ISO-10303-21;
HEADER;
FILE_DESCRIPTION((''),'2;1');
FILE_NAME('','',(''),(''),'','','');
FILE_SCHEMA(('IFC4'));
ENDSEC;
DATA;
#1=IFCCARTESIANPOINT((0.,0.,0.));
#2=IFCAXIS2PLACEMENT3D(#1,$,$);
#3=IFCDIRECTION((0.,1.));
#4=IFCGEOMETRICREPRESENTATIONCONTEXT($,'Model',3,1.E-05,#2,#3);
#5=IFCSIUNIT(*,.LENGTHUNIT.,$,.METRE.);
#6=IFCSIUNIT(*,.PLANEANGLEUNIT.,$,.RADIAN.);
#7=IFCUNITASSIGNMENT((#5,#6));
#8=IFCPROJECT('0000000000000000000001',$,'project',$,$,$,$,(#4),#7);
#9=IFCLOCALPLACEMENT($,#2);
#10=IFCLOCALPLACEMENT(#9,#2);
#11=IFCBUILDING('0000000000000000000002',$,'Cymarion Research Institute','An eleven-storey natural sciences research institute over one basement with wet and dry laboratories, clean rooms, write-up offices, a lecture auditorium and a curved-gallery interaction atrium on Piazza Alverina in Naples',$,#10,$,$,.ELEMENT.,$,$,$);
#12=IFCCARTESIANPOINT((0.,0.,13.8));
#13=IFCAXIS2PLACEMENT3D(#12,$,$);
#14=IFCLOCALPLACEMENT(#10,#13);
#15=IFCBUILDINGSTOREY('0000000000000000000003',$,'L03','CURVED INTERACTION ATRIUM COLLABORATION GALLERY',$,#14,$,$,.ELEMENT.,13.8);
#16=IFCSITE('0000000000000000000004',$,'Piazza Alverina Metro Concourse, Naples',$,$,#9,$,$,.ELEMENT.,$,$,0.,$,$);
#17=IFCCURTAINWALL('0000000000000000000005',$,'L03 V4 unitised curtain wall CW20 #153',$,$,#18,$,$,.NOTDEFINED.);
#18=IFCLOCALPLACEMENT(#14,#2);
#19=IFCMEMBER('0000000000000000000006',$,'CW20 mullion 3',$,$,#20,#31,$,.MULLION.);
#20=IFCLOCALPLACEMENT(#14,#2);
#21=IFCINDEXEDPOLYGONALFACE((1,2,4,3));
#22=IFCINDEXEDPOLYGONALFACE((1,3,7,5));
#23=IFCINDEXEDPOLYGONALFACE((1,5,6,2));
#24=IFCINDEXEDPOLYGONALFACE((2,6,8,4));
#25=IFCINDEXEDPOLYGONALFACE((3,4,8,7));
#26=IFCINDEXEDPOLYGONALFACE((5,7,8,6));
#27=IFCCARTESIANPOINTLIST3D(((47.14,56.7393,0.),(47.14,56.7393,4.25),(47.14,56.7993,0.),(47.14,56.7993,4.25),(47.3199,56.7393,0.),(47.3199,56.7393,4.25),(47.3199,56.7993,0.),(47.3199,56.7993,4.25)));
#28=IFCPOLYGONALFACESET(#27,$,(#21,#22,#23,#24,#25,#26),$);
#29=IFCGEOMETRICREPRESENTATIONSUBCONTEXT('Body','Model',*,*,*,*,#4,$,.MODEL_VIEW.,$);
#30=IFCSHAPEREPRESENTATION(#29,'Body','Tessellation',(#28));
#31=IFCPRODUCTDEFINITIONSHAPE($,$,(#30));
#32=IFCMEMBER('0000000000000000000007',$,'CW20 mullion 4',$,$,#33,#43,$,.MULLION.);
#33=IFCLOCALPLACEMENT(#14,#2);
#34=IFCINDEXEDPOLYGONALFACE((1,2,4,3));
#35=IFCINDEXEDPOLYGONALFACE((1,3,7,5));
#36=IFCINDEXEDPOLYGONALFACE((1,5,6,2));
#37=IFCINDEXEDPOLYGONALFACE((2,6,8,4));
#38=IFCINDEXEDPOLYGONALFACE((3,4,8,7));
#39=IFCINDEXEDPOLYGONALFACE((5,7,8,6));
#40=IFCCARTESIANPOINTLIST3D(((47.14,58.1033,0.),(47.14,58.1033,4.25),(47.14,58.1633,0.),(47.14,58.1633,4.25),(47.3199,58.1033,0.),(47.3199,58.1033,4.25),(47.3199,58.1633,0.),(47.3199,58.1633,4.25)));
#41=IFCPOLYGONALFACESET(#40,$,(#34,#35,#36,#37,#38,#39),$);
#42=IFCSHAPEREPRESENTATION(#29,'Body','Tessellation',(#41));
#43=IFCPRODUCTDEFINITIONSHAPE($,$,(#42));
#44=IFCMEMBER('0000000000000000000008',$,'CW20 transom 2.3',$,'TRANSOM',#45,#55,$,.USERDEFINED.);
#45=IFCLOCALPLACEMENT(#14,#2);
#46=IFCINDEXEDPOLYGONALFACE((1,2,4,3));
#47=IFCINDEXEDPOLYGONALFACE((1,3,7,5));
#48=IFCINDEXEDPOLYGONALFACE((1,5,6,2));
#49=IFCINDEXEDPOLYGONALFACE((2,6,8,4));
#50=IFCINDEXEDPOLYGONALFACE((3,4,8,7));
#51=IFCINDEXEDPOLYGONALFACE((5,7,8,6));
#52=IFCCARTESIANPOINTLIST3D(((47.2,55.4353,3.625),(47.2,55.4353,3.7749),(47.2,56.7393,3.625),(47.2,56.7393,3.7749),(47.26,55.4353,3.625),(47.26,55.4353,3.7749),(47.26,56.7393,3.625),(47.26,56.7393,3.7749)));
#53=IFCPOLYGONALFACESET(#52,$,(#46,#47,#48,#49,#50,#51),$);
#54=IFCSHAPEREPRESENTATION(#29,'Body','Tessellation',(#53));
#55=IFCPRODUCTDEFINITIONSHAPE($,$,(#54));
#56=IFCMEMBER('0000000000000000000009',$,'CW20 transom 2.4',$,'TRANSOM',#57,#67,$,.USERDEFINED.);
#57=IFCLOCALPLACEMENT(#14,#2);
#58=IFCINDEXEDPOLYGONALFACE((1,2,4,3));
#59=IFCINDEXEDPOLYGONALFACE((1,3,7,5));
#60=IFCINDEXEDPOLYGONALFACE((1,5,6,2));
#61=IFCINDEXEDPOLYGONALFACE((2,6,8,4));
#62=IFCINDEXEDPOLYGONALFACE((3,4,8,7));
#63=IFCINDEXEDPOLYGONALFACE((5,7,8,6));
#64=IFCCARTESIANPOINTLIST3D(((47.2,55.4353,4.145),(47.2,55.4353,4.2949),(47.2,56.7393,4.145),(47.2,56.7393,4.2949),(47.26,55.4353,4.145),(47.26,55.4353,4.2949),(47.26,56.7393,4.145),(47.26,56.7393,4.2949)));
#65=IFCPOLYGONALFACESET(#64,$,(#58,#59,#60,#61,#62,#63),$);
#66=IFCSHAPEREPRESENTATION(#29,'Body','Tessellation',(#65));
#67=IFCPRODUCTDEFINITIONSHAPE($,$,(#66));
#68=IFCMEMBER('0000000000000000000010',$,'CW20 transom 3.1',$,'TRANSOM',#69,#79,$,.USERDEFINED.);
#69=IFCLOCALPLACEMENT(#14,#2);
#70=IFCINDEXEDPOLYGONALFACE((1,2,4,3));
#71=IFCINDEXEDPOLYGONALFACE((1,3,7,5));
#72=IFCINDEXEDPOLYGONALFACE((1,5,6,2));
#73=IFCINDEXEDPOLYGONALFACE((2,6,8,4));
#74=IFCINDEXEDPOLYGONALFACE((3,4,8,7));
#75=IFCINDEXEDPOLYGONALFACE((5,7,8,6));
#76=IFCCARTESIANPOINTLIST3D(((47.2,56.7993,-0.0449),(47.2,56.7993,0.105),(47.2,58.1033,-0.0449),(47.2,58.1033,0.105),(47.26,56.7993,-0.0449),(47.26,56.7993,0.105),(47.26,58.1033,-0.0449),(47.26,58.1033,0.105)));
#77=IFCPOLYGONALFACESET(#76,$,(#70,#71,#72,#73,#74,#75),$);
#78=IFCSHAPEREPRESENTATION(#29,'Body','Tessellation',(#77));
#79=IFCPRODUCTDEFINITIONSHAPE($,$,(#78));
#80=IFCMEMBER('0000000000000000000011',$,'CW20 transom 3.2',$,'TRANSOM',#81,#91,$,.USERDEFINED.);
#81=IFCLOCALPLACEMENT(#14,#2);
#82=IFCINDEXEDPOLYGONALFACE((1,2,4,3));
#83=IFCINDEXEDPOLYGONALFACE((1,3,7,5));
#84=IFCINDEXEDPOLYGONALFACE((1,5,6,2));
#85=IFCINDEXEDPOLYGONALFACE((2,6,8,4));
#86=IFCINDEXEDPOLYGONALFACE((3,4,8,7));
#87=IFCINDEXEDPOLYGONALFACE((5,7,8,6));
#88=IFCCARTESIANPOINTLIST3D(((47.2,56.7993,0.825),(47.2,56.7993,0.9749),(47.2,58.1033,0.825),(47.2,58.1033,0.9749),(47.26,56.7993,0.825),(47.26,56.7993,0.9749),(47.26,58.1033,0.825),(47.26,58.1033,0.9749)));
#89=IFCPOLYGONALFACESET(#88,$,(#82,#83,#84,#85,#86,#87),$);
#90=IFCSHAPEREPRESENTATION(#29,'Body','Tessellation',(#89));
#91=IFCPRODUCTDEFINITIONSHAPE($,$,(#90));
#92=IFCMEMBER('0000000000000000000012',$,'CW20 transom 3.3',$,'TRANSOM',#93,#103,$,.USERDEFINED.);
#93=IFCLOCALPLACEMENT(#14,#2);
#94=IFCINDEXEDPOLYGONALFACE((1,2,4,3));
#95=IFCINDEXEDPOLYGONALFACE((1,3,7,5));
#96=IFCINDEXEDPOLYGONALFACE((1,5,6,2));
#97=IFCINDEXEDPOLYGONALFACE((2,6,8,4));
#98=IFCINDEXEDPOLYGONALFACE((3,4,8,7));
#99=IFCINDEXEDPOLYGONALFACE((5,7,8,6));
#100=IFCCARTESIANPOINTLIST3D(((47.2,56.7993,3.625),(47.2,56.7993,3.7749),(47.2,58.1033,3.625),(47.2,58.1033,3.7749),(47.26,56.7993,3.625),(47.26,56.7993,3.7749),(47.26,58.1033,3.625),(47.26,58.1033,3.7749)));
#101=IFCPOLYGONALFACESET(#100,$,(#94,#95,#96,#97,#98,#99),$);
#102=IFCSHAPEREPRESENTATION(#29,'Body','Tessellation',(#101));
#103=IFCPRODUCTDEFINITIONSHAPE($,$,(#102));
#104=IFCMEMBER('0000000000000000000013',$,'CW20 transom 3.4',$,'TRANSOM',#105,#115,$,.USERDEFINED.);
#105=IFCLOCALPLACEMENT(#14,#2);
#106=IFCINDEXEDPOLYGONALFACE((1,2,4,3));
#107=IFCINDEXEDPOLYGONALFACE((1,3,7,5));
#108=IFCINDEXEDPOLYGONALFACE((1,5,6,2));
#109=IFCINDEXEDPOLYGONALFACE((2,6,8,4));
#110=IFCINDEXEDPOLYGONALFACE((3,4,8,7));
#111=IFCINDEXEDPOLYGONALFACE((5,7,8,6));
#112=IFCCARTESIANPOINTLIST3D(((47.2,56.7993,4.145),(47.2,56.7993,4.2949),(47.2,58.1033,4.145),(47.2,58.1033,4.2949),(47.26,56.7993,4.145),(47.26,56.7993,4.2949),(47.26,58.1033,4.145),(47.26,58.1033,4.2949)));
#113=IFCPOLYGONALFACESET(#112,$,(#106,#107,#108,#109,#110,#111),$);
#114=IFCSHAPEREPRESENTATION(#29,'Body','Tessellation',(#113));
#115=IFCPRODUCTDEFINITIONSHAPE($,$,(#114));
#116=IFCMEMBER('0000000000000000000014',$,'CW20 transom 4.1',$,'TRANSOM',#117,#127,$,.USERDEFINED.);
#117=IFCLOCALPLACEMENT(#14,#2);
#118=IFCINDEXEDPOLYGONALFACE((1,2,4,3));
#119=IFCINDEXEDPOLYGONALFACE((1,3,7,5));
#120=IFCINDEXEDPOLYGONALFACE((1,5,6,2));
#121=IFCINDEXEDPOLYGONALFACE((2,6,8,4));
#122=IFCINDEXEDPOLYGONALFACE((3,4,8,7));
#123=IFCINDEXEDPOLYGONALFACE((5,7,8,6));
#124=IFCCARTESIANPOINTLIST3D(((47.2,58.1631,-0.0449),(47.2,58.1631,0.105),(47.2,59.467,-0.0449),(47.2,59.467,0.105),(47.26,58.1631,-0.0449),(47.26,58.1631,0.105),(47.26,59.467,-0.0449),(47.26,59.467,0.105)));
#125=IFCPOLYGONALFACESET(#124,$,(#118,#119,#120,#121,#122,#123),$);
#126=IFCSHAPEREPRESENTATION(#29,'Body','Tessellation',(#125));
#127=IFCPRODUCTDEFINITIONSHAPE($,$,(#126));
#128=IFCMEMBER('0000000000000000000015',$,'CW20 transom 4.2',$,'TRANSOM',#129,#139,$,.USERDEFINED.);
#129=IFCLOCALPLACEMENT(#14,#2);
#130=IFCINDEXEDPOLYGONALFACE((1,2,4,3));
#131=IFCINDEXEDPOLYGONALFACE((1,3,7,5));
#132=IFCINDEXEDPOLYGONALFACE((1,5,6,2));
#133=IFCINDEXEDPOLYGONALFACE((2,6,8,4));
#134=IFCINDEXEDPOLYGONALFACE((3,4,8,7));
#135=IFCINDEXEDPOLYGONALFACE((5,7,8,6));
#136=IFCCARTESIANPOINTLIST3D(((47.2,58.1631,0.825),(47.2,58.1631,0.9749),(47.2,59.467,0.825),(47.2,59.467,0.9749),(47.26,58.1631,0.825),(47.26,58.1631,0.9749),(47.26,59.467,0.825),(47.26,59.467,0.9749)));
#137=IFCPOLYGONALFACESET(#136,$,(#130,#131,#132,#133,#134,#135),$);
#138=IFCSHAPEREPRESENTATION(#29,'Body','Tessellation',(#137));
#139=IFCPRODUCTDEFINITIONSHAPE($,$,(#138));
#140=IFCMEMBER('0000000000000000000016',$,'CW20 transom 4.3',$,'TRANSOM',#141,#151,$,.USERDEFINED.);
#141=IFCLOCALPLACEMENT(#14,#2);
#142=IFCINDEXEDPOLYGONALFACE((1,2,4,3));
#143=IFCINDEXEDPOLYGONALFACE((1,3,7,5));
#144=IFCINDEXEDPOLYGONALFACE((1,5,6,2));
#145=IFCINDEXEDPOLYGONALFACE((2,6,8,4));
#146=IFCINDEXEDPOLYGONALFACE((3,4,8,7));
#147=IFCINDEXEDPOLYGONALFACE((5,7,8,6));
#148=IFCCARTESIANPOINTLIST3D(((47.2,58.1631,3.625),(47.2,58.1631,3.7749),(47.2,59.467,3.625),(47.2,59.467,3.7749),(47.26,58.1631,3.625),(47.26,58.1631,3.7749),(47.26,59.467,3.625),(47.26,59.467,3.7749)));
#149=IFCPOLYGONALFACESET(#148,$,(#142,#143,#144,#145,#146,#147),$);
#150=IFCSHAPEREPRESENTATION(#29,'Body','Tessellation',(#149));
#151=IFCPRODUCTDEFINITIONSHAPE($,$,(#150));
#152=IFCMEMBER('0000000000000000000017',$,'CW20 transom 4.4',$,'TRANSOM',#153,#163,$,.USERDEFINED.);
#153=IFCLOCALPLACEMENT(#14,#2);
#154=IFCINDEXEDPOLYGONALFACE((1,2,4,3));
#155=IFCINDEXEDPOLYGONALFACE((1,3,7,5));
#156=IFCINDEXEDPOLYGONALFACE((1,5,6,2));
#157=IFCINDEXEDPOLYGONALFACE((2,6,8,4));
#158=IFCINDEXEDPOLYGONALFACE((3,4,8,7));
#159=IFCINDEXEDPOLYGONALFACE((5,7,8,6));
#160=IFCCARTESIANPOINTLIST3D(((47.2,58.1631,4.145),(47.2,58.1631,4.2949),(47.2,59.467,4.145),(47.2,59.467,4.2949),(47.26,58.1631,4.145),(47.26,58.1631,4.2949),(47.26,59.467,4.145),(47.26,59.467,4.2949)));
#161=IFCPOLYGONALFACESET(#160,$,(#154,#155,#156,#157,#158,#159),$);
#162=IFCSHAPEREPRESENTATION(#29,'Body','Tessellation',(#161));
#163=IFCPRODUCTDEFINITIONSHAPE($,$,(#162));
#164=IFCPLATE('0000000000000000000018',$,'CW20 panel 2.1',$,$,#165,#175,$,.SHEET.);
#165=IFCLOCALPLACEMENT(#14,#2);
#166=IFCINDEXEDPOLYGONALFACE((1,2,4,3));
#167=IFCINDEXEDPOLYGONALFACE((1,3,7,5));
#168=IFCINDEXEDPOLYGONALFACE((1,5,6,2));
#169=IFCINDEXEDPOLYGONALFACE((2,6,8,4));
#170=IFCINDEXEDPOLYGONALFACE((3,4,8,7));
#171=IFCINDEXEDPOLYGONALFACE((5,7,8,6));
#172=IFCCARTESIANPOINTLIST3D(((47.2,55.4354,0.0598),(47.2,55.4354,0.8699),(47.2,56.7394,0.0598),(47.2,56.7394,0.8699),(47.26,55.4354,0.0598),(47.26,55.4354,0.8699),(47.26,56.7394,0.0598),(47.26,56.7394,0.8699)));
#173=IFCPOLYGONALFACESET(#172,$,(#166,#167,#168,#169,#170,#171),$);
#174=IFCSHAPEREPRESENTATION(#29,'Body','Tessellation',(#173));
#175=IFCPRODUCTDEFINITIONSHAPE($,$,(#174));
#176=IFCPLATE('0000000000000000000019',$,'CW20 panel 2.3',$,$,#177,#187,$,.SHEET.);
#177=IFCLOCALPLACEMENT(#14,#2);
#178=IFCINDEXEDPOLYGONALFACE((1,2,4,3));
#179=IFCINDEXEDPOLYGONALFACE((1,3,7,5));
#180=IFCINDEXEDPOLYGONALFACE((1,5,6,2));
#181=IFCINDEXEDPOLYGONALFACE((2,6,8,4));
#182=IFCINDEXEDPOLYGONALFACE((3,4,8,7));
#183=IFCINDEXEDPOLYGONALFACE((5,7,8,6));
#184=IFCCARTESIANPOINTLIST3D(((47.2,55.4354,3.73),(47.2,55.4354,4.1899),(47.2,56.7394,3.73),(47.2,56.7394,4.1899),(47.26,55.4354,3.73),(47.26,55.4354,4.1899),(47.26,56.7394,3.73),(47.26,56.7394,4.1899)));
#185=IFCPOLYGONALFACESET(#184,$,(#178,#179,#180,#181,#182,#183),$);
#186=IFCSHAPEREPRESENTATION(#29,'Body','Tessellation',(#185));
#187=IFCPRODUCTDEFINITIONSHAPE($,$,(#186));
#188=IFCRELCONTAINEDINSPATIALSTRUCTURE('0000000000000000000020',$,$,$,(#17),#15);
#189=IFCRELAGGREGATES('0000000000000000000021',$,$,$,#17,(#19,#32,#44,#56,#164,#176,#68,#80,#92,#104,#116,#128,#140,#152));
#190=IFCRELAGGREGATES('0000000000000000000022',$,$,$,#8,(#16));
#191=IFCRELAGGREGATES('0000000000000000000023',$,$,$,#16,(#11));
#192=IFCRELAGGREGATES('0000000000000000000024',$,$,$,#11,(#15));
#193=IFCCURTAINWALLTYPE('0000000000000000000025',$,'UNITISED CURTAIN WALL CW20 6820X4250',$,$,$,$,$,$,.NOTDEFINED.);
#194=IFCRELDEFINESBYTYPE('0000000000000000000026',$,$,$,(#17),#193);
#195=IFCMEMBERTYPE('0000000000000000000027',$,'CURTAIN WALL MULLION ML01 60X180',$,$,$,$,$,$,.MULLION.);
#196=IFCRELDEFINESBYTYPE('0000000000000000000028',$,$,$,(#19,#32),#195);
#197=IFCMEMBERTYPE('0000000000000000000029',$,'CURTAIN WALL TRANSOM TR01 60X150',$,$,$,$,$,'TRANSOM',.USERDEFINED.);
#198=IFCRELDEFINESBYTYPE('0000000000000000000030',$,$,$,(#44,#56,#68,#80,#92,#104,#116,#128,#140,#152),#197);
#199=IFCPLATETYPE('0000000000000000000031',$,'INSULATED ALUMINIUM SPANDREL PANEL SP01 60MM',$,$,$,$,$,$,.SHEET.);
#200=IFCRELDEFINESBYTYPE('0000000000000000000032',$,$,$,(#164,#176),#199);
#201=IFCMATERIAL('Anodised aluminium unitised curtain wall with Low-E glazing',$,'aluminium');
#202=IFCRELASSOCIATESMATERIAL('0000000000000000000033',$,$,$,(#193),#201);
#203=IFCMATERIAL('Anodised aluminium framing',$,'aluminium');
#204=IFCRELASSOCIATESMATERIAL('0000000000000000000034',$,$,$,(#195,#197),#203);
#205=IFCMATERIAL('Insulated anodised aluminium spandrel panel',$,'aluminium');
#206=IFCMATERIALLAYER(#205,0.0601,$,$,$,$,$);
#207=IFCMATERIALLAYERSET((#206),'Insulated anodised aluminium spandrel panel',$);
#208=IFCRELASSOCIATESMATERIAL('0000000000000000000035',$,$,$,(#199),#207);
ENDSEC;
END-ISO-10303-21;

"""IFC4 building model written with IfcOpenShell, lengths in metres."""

from ifc_helpers import new_model, si_unit, direction, frame, origin, origin_2d, place, context, subcontext, project, spatial, rectangle, extrude, material, layer, layer_set, material_profile, profile_set, type_object, element, aggregate, save


model = new_model("IFC4")

# Units and contexts
model_context = context("Model", 3, precision=1e-05, world=origin(), true_north=direction((0.0, 1.0)))
body_context = subcontext(model_context, "Body", "Model", "MODEL_VIEW")
ifc_project = project(units=[si_unit("LENGTHUNIT", "METRE"), si_unit("PLANEANGLEUNIT", "RADIAN")], contexts=[model_context])

# Site, building, storey
site_placement = place(None, origin())
site = spatial("IfcSite", under=ifc_project, at=site_placement, Name="Piazza Alverina Metro Concourse, Naples", CompositionType="ELEMENT", RefElevation=0.0)
building_placement = place(site_placement, origin())
building = spatial("IfcBuilding", under=site, at=building_placement, Name="Cymarion Research Institute", Description="An eleven-storey natural sciences research institute over one basement with wet and dry laboratories, clean rooms, write-up offices, a lecture auditorium and a curved-gallery interaction atrium on Piazza Alverina in Naples", CompositionType="ELEMENT")
storey_placement = place(building_placement, frame((0.0, 0.0, 13.8)))
storey = spatial("IfcBuildingStorey", under=building, at=storey_placement, Name="L03", Description="CURVED INTERACTION ATRIUM COLLABORATION GALLERY", CompositionType="ELEMENT", Elevation=13.8)

# Curtain wall, members, plates
ifc_material_1 = material(Name="Anodised aluminium unitised curtain wall with Low-E glazing", Category="aluminium")
curtain_wall_type = type_object("IfcCurtainWallType", Name="UNITISED CURTAIN WALL CW20 6820X4250", PredefinedType="NOTDEFINED", material=ifc_material_1)
curtain_wall_placement = place(storey_placement, origin())
curtain_wall = element("IfcCurtainWall", 1, at=curtain_wall_placement, inside=storey, type_object=curtain_wall_type, Name="L03 V4 unitised curtain wall CW20 #153", PredefinedType="NOTDEFINED")
ifc_material_2 = material(Name="Anodised aluminium framing", Category="aluminium")
ifc_material_profile_1 = material_profile(ifc_material_2, rectangle(XDim=0.0601, YDim=0.1799, at=origin_2d()), Name="ALU MULLION 60x180")
ifc_profile_set_1 = profile_set([ifc_material_profile_1], Name="Anodised aluminium framing")
member_type_1 = type_object("IfcMemberType", Name="CURTAIN WALL MULLION ML01 60X180", PredefinedType="MULLION", material=ifc_profile_set_1)
member_1_placement = place(storey_placement, frame((47.23, 56.7693, 0.0), z_axis=(0.0, 0.0, 1.0), x_axis=(0.0, 1.0, 0.0)))
member_1 = element("IfcMember", 2, at=member_1_placement, type_object=member_type_1, Name="CW20 mullion 3", PredefinedType="MULLION", context=body_context, shape_type="SweptSolid", body=[
    extrude(rectangle(XDim=0.0601, YDim=0.1799, at=origin_2d()), origin(), (0.0, 0.0, 1.0), 4.25),
])
member_2_placement = place(storey_placement, frame((47.23, 58.1333, 0.0), z_axis=(0.0, 0.0, 1.0), x_axis=(0.0, 1.0, 0.0)))
member_2 = element("IfcMember", 3, at=member_2_placement, type_object=member_type_1, Name="CW20 mullion 4", PredefinedType="MULLION", context=body_context, shape_type="SweptSolid", body=[
    extrude(rectangle(XDim=0.0601, YDim=0.1799, at=origin_2d()), origin(), (0.0, 0.0, 1.0), 4.25),
])
ifc_material_profile_2 = material_profile(ifc_material_2, rectangle(XDim=0.0601, YDim=0.1499, at=origin_2d()), Name="ALU TRANSOM 60x150")
ifc_profile_set_2 = profile_set([ifc_material_profile_2], Name="Anodised aluminium framing")
member_type_2 = type_object("IfcMemberType", Name="CURTAIN WALL TRANSOM TR01 60X150", ElementType="TRANSOM", PredefinedType="USERDEFINED", material=ifc_profile_set_2)
member_3_placement = place(storey_placement, frame((47.23, 55.4353, 3.7), z_axis=(0.0, 1.0, 0.0), x_axis=(-1.0, 0.0, 0.0)))
member_3 = element("IfcMember", 4, at=member_3_placement, type_object=member_type_2, Name="CW20 transom 2.3", ObjectType="TRANSOM", PredefinedType="USERDEFINED", context=body_context, shape_type="SweptSolid", body=[
    extrude(rectangle(XDim=0.0601, YDim=0.1499, at=origin_2d()), origin(), (0.0, 0.0, 1.0), 1.304),
])
member_4_placement = place(storey_placement, frame((47.23, 55.4353, 4.22), z_axis=(0.0, 1.0, 0.0), x_axis=(-1.0, 0.0, 0.0)))
member_4 = element("IfcMember", 5, at=member_4_placement, type_object=member_type_2, Name="CW20 transom 2.4", ObjectType="TRANSOM", PredefinedType="USERDEFINED", context=body_context, shape_type="SweptSolid", body=[
    extrude(rectangle(XDim=0.0601, YDim=0.1499, at=origin_2d()), origin(), (0.0, 0.0, 1.0), 1.304),
])
member_5_placement = place(storey_placement, frame((47.23, 56.7993, 0.03), z_axis=(0.0, 1.0, 0.0), x_axis=(-1.0, 0.0, 0.0)))
member_5 = element("IfcMember", 6, at=member_5_placement, type_object=member_type_2, Name="CW20 transom 3.1", ObjectType="TRANSOM", PredefinedType="USERDEFINED", context=body_context, shape_type="SweptSolid", body=[
    extrude(rectangle(XDim=0.0601, YDim=0.1499, at=origin_2d()), origin(), (0.0, 0.0, 1.0), 1.304),
])
member_6_placement = place(storey_placement, frame((47.23, 56.7993, 0.8999), z_axis=(0.0, 1.0, 0.0), x_axis=(-1.0, 0.0, 0.0)))
member_6 = element("IfcMember", 7, at=member_6_placement, type_object=member_type_2, Name="CW20 transom 3.2", ObjectType="TRANSOM", PredefinedType="USERDEFINED", context=body_context, shape_type="SweptSolid", body=[
    extrude(rectangle(XDim=0.0601, YDim=0.1499, at=origin_2d()), origin(), (0.0, 0.0, 1.0), 1.304),
])
member_7_placement = place(storey_placement, frame((47.23, 56.7993, 3.7), z_axis=(0.0, 1.0, 0.0), x_axis=(-1.0, 0.0, 0.0)))
member_7 = element("IfcMember", 8, at=member_7_placement, type_object=member_type_2, Name="CW20 transom 3.3", ObjectType="TRANSOM", PredefinedType="USERDEFINED", context=body_context, shape_type="SweptSolid", body=[
    extrude(rectangle(XDim=0.0601, YDim=0.1499, at=origin_2d()), origin(), (0.0, 0.0, 1.0), 1.304),
])
member_8_placement = place(storey_placement, frame((47.23, 56.7993, 4.22), z_axis=(0.0, 1.0, 0.0), x_axis=(-1.0, 0.0, 0.0)))
member_8 = element("IfcMember", 9, at=member_8_placement, type_object=member_type_2, Name="CW20 transom 3.4", ObjectType="TRANSOM", PredefinedType="USERDEFINED", context=body_context, shape_type="SweptSolid", body=[
    extrude(rectangle(XDim=0.0601, YDim=0.1499, at=origin_2d()), origin(), (0.0, 0.0, 1.0), 1.304),
])
member_9_placement = place(storey_placement, frame((47.23, 58.1631, 0.03), z_axis=(0.0, 1.0, 0.0), x_axis=(-1.0, 0.0, 0.0)))
member_9 = element("IfcMember", 10, at=member_9_placement, type_object=member_type_2, Name="CW20 transom 4.1", ObjectType="TRANSOM", PredefinedType="USERDEFINED", context=body_context, shape_type="SweptSolid", body=[
    extrude(rectangle(XDim=0.0601, YDim=0.1499, at=origin_2d()), origin(), (0.0, 0.0, 1.0), 1.304),
])
member_10_placement = place(storey_placement, frame((47.23, 58.1631, 0.8999), z_axis=(0.0, 1.0, 0.0), x_axis=(-1.0, 0.0, 0.0)))
member_10 = element("IfcMember", 11, at=member_10_placement, type_object=member_type_2, Name="CW20 transom 4.2", ObjectType="TRANSOM", PredefinedType="USERDEFINED", context=body_context, shape_type="SweptSolid", body=[
    extrude(rectangle(XDim=0.0601, YDim=0.1499, at=origin_2d()), origin(), (0.0, 0.0, 1.0), 1.304),
])
member_11_placement = place(storey_placement, frame((47.23, 58.1631, 3.7), z_axis=(0.0, 1.0, 0.0), x_axis=(-1.0, 0.0, 0.0)))
member_11 = element("IfcMember", 12, at=member_11_placement, type_object=member_type_2, Name="CW20 transom 4.3", ObjectType="TRANSOM", PredefinedType="USERDEFINED", context=body_context, shape_type="SweptSolid", body=[
    extrude(rectangle(XDim=0.0601, YDim=0.1499, at=origin_2d()), origin(), (0.0, 0.0, 1.0), 1.304),
])
member_12_placement = place(storey_placement, frame((47.23, 58.1631, 4.22), z_axis=(0.0, 1.0, 0.0), x_axis=(-1.0, 0.0, 0.0)))
member_12 = element("IfcMember", 13, at=member_12_placement, type_object=member_type_2, Name="CW20 transom 4.4", ObjectType="TRANSOM", PredefinedType="USERDEFINED", context=body_context, shape_type="SweptSolid", body=[
    extrude(rectangle(XDim=0.0601, YDim=0.1499, at=origin_2d()), origin(), (0.0, 0.0, 1.0), 1.304),
])
ifc_material_3 = material(Name="Insulated anodised aluminium spandrel panel", Category="aluminium")
ifc_layer_1 = layer(ifc_material_3, 0.0601)
ifc_layer_set_1 = layer_set([ifc_layer_1], Name="Insulated anodised aluminium spandrel panel")
plate_type_1 = type_object("IfcPlateType", Name="INSULATED ALUMINIUM SPANDREL PANEL SP01 60MM", PredefinedType="SHEET", material=ifc_layer_set_1)
plate_1_placement = place(storey_placement, frame((47.23, 56.0874, 0.0598), z_axis=(0.0, 0.0, 1.0), x_axis=(0.0, 1.0, 0.0)))
plate_1 = element("IfcPlate", 14, at=plate_1_placement, type_object=plate_type_1, Name="CW20 panel 2.1", PredefinedType="SHEET", context=body_context, shape_type="SweptSolid", body=[
    extrude(rectangle(XDim=1.304, YDim=0.0601, at=origin_2d()), origin(), (0.0, 0.0, 1.0), 0.8101),
])
plate_2_placement = place(storey_placement, frame((47.23, 56.0874, 3.73), z_axis=(0.0, 0.0, 1.0), x_axis=(0.0, 1.0, 0.0)))
plate_2 = element("IfcPlate", 15, at=plate_2_placement, type_object=plate_type_1, Name="CW20 panel 2.3", PredefinedType="SHEET", context=body_context, shape_type="SweptSolid", body=[
    extrude(rectangle(XDim=1.304, YDim=0.0601, at=origin_2d()), origin(), (0.0, 0.0, 1.0), 0.46),
])
aggregate(curtain_wall, [member_1, member_2, member_3, member_4, plate_1, plate_2, member_5, member_6, member_7, member_8, member_9, member_10, member_11, member_12])

save(model, "model.ifc")
